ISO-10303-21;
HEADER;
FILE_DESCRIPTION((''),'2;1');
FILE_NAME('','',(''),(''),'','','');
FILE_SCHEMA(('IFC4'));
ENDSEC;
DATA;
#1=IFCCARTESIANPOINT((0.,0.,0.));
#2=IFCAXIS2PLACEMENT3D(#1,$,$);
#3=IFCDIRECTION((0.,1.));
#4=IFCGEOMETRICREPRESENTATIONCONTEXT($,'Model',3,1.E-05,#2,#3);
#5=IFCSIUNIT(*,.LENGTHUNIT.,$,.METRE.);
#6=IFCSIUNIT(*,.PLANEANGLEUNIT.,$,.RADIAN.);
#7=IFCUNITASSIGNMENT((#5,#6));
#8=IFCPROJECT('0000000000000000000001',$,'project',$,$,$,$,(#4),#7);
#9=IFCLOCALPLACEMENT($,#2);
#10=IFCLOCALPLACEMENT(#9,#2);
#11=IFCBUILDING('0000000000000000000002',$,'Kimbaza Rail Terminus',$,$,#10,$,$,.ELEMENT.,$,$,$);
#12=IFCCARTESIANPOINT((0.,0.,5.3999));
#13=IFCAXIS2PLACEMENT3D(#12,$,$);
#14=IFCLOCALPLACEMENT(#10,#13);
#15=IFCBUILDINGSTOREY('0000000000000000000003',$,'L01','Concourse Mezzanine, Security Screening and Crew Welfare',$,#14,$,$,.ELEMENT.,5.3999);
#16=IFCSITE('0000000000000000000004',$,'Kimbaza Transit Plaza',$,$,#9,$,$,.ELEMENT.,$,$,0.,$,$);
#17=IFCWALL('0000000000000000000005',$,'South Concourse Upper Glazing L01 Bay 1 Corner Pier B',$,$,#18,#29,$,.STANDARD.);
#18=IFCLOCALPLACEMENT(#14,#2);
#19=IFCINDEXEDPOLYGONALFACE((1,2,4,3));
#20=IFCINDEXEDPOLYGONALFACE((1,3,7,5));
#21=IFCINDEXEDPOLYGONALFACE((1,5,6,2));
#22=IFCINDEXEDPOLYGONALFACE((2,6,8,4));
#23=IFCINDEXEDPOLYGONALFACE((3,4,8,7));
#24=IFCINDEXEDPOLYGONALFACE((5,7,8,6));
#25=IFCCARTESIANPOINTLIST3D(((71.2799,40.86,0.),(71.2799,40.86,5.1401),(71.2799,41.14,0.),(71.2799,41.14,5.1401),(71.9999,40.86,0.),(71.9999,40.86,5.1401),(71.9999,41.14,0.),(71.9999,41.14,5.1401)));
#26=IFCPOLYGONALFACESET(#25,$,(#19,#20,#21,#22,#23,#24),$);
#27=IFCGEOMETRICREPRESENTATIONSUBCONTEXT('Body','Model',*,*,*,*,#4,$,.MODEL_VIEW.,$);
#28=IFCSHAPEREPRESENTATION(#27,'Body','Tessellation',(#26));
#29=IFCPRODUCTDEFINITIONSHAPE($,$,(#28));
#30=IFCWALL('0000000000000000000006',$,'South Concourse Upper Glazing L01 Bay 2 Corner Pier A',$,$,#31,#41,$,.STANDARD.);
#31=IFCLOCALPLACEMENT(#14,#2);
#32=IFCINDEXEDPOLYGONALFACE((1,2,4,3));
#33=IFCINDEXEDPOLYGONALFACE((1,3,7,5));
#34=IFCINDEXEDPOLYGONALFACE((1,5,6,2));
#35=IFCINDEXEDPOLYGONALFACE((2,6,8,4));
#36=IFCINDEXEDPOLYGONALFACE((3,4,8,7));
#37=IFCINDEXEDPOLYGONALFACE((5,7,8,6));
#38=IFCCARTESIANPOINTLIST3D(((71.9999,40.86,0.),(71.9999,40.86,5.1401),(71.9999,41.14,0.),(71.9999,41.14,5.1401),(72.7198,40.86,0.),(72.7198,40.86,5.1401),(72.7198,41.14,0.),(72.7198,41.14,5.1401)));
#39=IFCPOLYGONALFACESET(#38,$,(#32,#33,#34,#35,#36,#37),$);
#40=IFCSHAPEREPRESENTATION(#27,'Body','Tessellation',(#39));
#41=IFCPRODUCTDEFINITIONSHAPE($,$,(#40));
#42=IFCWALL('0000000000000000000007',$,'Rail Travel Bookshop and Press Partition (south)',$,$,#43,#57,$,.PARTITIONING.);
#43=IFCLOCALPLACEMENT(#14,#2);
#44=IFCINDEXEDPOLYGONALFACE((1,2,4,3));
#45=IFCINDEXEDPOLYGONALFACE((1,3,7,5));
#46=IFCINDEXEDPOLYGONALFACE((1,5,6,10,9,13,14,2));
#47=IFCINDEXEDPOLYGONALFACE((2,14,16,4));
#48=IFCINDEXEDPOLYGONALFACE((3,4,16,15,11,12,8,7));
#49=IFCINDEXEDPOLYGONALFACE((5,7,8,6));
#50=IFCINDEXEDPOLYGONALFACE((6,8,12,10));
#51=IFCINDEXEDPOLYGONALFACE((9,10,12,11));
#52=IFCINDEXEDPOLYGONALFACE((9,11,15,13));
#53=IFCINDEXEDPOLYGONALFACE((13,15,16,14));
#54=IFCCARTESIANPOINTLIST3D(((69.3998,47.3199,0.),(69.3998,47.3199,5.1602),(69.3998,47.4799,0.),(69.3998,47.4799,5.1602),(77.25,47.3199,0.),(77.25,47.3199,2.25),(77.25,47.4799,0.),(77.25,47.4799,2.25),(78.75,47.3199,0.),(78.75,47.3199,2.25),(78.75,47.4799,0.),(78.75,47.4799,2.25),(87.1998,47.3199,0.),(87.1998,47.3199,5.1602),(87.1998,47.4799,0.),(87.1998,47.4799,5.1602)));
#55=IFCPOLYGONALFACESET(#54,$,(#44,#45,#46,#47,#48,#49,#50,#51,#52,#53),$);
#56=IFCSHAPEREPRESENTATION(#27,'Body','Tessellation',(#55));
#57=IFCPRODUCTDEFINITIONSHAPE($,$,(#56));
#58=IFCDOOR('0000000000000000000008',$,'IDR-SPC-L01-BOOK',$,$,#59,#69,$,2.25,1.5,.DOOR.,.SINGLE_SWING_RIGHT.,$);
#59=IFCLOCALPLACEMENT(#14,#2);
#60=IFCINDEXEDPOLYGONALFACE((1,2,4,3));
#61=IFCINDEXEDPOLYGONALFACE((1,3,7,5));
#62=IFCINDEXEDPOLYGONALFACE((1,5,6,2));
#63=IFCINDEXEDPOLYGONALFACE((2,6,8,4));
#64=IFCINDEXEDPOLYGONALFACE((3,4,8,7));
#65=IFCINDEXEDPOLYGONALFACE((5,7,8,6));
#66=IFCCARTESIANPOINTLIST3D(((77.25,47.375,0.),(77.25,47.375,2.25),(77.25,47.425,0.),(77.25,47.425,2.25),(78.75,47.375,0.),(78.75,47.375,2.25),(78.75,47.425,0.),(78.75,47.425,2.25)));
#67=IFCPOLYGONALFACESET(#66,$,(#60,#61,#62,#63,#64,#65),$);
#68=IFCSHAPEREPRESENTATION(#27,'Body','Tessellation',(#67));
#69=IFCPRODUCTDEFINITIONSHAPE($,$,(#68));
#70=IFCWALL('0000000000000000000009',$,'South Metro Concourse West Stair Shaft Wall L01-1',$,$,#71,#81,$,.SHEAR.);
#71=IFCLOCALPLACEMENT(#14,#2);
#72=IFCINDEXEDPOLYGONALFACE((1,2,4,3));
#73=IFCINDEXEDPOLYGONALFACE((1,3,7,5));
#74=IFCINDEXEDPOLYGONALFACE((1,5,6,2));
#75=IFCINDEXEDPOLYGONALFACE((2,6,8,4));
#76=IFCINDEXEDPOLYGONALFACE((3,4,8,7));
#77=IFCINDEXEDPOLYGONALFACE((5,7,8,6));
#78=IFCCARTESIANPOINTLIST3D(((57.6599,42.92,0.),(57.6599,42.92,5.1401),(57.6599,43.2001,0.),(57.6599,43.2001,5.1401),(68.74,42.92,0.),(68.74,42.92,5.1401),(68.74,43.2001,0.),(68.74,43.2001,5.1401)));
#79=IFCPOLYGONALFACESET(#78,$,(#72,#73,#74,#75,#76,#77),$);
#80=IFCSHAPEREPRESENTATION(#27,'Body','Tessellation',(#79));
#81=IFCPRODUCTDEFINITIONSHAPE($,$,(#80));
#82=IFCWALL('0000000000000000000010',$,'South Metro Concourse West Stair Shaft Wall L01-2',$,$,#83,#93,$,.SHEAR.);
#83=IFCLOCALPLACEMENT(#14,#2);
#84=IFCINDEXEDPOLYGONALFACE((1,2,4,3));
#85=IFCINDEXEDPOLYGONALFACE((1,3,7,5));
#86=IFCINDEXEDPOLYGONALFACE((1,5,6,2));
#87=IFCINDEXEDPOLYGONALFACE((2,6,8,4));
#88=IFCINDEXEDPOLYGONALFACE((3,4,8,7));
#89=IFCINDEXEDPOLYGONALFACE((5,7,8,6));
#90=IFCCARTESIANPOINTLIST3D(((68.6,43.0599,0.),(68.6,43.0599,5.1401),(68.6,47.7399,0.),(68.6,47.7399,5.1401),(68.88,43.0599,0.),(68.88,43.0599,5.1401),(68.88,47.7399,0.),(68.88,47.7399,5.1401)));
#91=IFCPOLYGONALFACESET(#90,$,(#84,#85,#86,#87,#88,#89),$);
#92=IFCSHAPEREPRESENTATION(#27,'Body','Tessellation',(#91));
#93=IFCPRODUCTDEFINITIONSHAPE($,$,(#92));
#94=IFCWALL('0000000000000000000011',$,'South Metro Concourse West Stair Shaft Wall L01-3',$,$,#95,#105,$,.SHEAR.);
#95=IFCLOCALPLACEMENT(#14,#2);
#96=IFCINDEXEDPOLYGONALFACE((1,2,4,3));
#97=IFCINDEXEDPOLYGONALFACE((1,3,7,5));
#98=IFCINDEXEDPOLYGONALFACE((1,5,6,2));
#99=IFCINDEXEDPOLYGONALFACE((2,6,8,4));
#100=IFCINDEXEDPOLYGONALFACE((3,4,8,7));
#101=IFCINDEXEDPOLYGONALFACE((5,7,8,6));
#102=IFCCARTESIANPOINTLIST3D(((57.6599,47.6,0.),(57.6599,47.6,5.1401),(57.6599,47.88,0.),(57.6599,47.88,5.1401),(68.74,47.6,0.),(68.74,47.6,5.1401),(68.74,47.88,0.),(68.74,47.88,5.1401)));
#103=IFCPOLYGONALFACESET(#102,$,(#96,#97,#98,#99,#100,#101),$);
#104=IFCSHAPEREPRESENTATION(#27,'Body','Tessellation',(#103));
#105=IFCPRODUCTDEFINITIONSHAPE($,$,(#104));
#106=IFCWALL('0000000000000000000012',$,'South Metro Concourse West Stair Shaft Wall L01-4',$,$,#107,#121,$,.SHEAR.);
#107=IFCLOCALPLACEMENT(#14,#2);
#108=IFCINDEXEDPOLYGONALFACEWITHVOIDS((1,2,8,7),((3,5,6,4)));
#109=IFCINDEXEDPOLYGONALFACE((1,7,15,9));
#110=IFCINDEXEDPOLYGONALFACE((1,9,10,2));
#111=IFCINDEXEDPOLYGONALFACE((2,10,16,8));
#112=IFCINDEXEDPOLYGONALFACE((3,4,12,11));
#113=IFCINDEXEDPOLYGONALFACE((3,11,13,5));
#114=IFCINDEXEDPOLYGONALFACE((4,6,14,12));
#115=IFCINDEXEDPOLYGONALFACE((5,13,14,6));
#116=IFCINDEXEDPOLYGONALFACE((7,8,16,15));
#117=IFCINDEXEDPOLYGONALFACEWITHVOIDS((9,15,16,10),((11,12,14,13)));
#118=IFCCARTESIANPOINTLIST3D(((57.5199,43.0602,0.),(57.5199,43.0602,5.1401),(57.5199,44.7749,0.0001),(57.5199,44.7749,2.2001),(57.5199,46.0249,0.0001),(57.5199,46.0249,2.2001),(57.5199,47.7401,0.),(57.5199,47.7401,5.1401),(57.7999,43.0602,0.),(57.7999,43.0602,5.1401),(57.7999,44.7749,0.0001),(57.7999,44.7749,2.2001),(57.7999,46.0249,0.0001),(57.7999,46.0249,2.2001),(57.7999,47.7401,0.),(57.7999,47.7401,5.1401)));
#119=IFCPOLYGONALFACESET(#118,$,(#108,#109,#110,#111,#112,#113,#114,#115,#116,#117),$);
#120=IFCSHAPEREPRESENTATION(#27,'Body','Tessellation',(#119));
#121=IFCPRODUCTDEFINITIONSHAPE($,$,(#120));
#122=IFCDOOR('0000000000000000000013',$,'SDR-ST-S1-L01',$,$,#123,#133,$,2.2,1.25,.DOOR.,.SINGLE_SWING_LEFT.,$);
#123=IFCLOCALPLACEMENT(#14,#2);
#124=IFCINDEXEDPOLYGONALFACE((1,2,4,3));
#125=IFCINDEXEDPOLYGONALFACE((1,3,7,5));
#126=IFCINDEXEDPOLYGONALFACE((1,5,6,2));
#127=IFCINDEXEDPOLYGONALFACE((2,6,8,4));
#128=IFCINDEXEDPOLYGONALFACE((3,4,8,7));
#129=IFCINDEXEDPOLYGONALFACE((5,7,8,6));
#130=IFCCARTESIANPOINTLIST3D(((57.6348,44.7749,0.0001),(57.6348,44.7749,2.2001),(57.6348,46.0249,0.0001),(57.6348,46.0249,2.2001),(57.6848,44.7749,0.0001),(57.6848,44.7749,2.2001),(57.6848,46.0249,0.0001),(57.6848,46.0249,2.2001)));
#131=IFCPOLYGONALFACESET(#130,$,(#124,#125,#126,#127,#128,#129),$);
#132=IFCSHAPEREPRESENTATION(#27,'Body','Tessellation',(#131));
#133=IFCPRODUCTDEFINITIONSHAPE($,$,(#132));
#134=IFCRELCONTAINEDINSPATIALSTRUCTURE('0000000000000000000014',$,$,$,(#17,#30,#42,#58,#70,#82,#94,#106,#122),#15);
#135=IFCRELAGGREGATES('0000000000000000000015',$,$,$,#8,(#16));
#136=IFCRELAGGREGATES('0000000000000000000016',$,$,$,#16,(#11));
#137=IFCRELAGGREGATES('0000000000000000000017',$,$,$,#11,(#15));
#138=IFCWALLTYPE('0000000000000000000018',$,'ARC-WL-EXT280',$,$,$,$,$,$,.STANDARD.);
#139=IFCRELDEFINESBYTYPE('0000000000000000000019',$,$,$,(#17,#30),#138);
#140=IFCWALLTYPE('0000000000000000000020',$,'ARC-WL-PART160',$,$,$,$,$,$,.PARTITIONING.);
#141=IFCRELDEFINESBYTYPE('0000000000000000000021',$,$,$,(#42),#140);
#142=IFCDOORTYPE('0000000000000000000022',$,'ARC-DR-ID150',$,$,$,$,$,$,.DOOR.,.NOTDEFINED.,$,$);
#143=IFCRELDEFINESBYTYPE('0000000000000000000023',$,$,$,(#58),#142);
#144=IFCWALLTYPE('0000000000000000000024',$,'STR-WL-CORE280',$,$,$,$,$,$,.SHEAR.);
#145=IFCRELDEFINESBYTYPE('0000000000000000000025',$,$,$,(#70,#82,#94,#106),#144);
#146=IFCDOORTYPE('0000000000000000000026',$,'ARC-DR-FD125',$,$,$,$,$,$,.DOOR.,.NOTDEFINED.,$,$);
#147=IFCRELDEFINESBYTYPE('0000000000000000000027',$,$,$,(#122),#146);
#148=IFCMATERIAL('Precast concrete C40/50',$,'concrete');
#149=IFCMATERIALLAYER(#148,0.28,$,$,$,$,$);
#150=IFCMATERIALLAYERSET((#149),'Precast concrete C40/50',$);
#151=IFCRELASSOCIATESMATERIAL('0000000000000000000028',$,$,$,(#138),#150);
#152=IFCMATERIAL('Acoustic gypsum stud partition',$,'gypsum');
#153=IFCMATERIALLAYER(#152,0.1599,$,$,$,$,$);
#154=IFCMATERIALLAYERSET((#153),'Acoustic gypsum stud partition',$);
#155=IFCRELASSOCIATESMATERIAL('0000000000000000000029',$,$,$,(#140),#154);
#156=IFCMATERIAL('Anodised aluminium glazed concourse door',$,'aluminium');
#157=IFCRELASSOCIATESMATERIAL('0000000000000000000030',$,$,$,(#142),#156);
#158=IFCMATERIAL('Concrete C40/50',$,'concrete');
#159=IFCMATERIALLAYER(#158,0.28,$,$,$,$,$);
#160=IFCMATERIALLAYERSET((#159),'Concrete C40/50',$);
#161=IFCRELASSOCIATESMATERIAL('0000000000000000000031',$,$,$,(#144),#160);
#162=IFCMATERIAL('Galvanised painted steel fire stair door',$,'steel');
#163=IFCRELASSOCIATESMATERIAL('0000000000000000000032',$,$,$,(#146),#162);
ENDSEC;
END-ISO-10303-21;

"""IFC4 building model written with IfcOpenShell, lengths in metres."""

from ifc_helpers import new_model, si_unit, direction, frame, frame_2d, origin, place, context, subcontext, project, spatial, rectangle, extrude, material, layer, layer_set, type_object, element, fill, save


model = new_model("IFC4")

# Units and contexts
model_context = context("Model", 3, precision=1e-05, world=origin(), true_north=direction((0.0, 1.0)))
body_context = subcontext(model_context, "Body", "Model", "MODEL_VIEW")
ifc_project = project(units=[si_unit("LENGTHUNIT", "METRE"), si_unit("PLANEANGLEUNIT", "RADIAN")], contexts=[model_context])

# Site, building, storey
site_placement = place(None, origin())
site = spatial("IfcSite", under=ifc_project, at=site_placement, Name="Kimbaza Transit Plaza", CompositionType="ELEMENT", RefElevation=0.0)
building_placement = place(site_placement, origin())
building = spatial("IfcBuilding", under=site, at=building_placement, Name="Kimbaza Rail Terminus", CompositionType="ELEMENT")
storey_placement = place(building_placement, frame((0.0, 0.0, 5.3999)))
storey = spatial("IfcBuildingStorey", under=building, at=storey_placement, Name="L01", Description="Concourse Mezzanine, Security Screening and Crew Welfare", CompositionType="ELEMENT", Elevation=5.3999)

# Walls
ifc_material_1 = material(Name="Precast concrete C40/50", Category="concrete")
ifc_layer_1 = layer(ifc_material_1, 0.28)
ifc_layer_set_1 = layer_set([ifc_layer_1], Name="Precast concrete C40/50")
wall_type_1 = type_object("IfcWallType", Name="ARC-WL-EXT280", PredefinedType="STANDARD", material=ifc_layer_set_1)
for number, where, z_axis, x_axis, name in (
    (1, (71.28, 41.0, 0.0), (0.0, 0.0, 1.0), (1.0, 0.0, 0.0), "South Concourse Upper Glazing L01 Bay 1 Corner Pier B"),
    (2, (72.0, 41.0, 0.0), (0.0, 0.0, 1.0), (1.0, 0.0, 0.0), "South Concourse Upper Glazing L01 Bay 2 Corner Pier A"),
):
    element("IfcWall", number, at=place(storey_placement, frame(where, z_axis=z_axis, x_axis=x_axis)), inside=storey, type_object=wall_type_1, Name=name, PredefinedType="STANDARD", context=body_context, shape_type="SweptSolid", body=[
        extrude(rectangle(XDim=0.72, YDim=0.28, at=frame_2d((0.3599, 0.0))), origin(), (0.0, 0.0, 1.0), 5.1401),
    ])

# Wall, opening, door
ifc_material_2 = material(Name="Acoustic gypsum stud partition", Category="gypsum")
ifc_layer_2 = layer(ifc_material_2, 0.1599)
ifc_layer_set_2 = layer_set([ifc_layer_2], Name="Acoustic gypsum stud partition")
wall_type_2 = type_object("IfcWallType", Name="ARC-WL-PART160", PredefinedType="PARTITIONING", material=ifc_layer_set_2)
wall_1_placement = place(storey_placement, frame((69.3999, 47.3999, 0.0), z_axis=(0.0, 0.0, 1.0), x_axis=(1.0, 0.0, 0.0)))
wall_1 = element("IfcWall", 3, at=wall_1_placement, inside=storey, type_object=wall_type_2, Name="Rail Travel Bookshop and Press Partition (south)", PredefinedType="PARTITIONING", context=body_context, shape_type="SweptSolid", body=[
    extrude(rectangle(XDim=17.8, YDim=0.1599, at=frame_2d((8.8999, 0.0))), origin(), (0.0, 0.0, 1.0), 5.1602),
])
opening_1_placement = place(wall_1_placement, frame((9.3501, 0.0, 0.0), z_axis=(0.0, 0.0, 1.0), x_axis=(-1.0, 0.0, 0.0)))
opening_1 = element("IfcOpeningElement", 4, at=opening_1_placement, cuts=wall_1, PredefinedType="OPENING", context=body_context, shape_type="SweptSolid", body=[
    extrude(rectangle(XDim=1.5, YDim=2.25, at=frame_2d((0.75, 1.125))), frame((0.0, 0.0898, 0.0), z_axis=(0.0, -1.0, 0.0), x_axis=(1.0, 0.0, 0.0)), (0.0, 0.0, 1.0), 0.1799),
])
ifc_material_3 = material(Name="Anodised aluminium glazed concourse door", Category="aluminium")
door_type_1 = type_object("IfcDoorType", Name="ARC-DR-ID150", OperationType="NOTDEFINED", PredefinedType="DOOR", material=ifc_material_3)
door_1_placement = place(opening_1_placement, origin())
door_1 = element("IfcDoor", 5, at=door_1_placement, inside=storey, type_object=door_type_1, Name="IDR-SPC-L01-BOOK", OperationType="SINGLE_SWING_RIGHT", OverallHeight=2.25, OverallWidth=1.5, PredefinedType="DOOR", context=body_context, shape_type="SweptSolid", body=[
    extrude(rectangle(XDim=1.5, YDim=2.25, at=frame_2d((0.75, 1.125))), frame((0.0, 0.0249, 0.0), z_axis=(0.0, -1.0, 0.0), x_axis=(1.0, 0.0, 0.0)), (0.0, 0.0, 1.0), 0.05),
])
fill(opening_1, door_1)

# Walls
ifc_material_4 = material(Name="Concrete C40/50", Category="concrete")
ifc_layer_3 = layer(ifc_material_4, 0.28)
ifc_layer_set_3 = layer_set([ifc_layer_3], Name="Concrete C40/50")
wall_type_3 = type_object("IfcWallType", Name="STR-WL-CORE280", PredefinedType="SHEAR", material=ifc_layer_set_3)
wall_2_placement = place(storey_placement, frame((57.6599, 43.0601, 0.0), z_axis=(0.0, 0.0, 1.0), x_axis=(1.0, 0.0, 0.0)))
element("IfcWall", 6, at=wall_2_placement, inside=storey, type_object=wall_type_3, Name="South Metro Concourse West Stair Shaft Wall L01-1", PredefinedType="SHEAR", context=body_context, shape_type="SweptSolid", body=[
    extrude(rectangle(XDim=11.0801, YDim=0.28, at=frame_2d((5.54, 0.0))), origin(), (0.0, 0.0, 1.0), 5.1401),
])
wall_3_placement = place(storey_placement, frame((68.74, 43.0601, 0.0), z_axis=(0.0, 0.0, 1.0), x_axis=(0.0, 1.0, 0.0)))
element("IfcWall", 7, at=wall_3_placement, inside=storey, type_object=wall_type_3, Name="South Metro Concourse West Stair Shaft Wall L01-2", PredefinedType="SHEAR", context=body_context, shape_type="SweptSolid", body=[
    extrude(rectangle(XDim=4.6799, YDim=0.28, at=frame_2d((2.3398, 0.0))), origin(), (0.0, 0.0, 1.0), 5.1401),
])
wall_4_placement = place(storey_placement, frame((68.74, 47.74, 0.0), z_axis=(0.0, 0.0, 1.0), x_axis=(-1.0, 0.0, 0.0)))
element("IfcWall", 8, at=wall_4_placement, inside=storey, type_object=wall_type_3, Name="South Metro Concourse West Stair Shaft Wall L01-3", PredefinedType="SHEAR", context=body_context, shape_type="SweptSolid", body=[
    extrude(rectangle(XDim=11.0801, YDim=0.28, at=frame_2d((5.54, 0.0))), origin(), (0.0, 0.0, 1.0), 5.1401),
])

# Wall, opening, door
wall_5_placement = place(storey_placement, frame((57.6599, 47.74, 0.0), z_axis=(0.0, 0.0, 1.0), x_axis=(0.0, -1.0, 0.0)))
wall_5 = element("IfcWall", 9, at=wall_5_placement, inside=storey, type_object=wall_type_3, Name="South Metro Concourse West Stair Shaft Wall L01-4", PredefinedType="SHEAR", context=body_context, shape_type="SweptSolid", body=[
    extrude(rectangle(XDim=4.6799, YDim=0.28, at=frame_2d((2.3398, 0.0))), origin(), (0.0, 0.0, 1.0), 5.1401),
])
opening_2_placement = place(wall_5_placement, frame((1.7151, 0.0, 0.0)))
opening_2 = element("IfcOpeningElement", 10, at=opening_2_placement, cuts=wall_5, PredefinedType="OPENING", context=body_context, shape_type="SweptSolid", body=[
    extrude(rectangle(XDim=1.25, YDim=2.2, at=frame_2d((0.625, 1.1001))), frame((0.0, 0.1499, 0.0), z_axis=(0.0, -1.0, 0.0), x_axis=(1.0, 0.0, 0.0)), (0.0, 0.0, 1.0), 0.3),
])
ifc_material_5 = material(Name="Galvanised painted steel fire stair door", Category="steel")
door_type_2 = type_object("IfcDoorType", Name="ARC-DR-FD125", OperationType="NOTDEFINED", PredefinedType="DOOR", material=ifc_material_5)
door_2_placement = place(opening_2_placement, origin())
door_2 = element("IfcDoor", 11, at=door_2_placement, inside=storey, type_object=door_type_2, Name="SDR-ST-S1-L01", OperationType="SINGLE_SWING_LEFT", OverallHeight=2.2, OverallWidth=1.25, PredefinedType="DOOR", context=body_context, shape_type="SweptSolid", body=[
    extrude(rectangle(XDim=1.25, YDim=2.2, at=frame_2d((0.625, 1.1001))), frame((0.0, 0.0249, 0.0), z_axis=(0.0, -1.0, 0.0), x_axis=(1.0, 0.0, 0.0)), (0.0, 0.0, 1.0), 0.05),
])
fill(opening_2, door_2)

save(model, "model.ifc")
